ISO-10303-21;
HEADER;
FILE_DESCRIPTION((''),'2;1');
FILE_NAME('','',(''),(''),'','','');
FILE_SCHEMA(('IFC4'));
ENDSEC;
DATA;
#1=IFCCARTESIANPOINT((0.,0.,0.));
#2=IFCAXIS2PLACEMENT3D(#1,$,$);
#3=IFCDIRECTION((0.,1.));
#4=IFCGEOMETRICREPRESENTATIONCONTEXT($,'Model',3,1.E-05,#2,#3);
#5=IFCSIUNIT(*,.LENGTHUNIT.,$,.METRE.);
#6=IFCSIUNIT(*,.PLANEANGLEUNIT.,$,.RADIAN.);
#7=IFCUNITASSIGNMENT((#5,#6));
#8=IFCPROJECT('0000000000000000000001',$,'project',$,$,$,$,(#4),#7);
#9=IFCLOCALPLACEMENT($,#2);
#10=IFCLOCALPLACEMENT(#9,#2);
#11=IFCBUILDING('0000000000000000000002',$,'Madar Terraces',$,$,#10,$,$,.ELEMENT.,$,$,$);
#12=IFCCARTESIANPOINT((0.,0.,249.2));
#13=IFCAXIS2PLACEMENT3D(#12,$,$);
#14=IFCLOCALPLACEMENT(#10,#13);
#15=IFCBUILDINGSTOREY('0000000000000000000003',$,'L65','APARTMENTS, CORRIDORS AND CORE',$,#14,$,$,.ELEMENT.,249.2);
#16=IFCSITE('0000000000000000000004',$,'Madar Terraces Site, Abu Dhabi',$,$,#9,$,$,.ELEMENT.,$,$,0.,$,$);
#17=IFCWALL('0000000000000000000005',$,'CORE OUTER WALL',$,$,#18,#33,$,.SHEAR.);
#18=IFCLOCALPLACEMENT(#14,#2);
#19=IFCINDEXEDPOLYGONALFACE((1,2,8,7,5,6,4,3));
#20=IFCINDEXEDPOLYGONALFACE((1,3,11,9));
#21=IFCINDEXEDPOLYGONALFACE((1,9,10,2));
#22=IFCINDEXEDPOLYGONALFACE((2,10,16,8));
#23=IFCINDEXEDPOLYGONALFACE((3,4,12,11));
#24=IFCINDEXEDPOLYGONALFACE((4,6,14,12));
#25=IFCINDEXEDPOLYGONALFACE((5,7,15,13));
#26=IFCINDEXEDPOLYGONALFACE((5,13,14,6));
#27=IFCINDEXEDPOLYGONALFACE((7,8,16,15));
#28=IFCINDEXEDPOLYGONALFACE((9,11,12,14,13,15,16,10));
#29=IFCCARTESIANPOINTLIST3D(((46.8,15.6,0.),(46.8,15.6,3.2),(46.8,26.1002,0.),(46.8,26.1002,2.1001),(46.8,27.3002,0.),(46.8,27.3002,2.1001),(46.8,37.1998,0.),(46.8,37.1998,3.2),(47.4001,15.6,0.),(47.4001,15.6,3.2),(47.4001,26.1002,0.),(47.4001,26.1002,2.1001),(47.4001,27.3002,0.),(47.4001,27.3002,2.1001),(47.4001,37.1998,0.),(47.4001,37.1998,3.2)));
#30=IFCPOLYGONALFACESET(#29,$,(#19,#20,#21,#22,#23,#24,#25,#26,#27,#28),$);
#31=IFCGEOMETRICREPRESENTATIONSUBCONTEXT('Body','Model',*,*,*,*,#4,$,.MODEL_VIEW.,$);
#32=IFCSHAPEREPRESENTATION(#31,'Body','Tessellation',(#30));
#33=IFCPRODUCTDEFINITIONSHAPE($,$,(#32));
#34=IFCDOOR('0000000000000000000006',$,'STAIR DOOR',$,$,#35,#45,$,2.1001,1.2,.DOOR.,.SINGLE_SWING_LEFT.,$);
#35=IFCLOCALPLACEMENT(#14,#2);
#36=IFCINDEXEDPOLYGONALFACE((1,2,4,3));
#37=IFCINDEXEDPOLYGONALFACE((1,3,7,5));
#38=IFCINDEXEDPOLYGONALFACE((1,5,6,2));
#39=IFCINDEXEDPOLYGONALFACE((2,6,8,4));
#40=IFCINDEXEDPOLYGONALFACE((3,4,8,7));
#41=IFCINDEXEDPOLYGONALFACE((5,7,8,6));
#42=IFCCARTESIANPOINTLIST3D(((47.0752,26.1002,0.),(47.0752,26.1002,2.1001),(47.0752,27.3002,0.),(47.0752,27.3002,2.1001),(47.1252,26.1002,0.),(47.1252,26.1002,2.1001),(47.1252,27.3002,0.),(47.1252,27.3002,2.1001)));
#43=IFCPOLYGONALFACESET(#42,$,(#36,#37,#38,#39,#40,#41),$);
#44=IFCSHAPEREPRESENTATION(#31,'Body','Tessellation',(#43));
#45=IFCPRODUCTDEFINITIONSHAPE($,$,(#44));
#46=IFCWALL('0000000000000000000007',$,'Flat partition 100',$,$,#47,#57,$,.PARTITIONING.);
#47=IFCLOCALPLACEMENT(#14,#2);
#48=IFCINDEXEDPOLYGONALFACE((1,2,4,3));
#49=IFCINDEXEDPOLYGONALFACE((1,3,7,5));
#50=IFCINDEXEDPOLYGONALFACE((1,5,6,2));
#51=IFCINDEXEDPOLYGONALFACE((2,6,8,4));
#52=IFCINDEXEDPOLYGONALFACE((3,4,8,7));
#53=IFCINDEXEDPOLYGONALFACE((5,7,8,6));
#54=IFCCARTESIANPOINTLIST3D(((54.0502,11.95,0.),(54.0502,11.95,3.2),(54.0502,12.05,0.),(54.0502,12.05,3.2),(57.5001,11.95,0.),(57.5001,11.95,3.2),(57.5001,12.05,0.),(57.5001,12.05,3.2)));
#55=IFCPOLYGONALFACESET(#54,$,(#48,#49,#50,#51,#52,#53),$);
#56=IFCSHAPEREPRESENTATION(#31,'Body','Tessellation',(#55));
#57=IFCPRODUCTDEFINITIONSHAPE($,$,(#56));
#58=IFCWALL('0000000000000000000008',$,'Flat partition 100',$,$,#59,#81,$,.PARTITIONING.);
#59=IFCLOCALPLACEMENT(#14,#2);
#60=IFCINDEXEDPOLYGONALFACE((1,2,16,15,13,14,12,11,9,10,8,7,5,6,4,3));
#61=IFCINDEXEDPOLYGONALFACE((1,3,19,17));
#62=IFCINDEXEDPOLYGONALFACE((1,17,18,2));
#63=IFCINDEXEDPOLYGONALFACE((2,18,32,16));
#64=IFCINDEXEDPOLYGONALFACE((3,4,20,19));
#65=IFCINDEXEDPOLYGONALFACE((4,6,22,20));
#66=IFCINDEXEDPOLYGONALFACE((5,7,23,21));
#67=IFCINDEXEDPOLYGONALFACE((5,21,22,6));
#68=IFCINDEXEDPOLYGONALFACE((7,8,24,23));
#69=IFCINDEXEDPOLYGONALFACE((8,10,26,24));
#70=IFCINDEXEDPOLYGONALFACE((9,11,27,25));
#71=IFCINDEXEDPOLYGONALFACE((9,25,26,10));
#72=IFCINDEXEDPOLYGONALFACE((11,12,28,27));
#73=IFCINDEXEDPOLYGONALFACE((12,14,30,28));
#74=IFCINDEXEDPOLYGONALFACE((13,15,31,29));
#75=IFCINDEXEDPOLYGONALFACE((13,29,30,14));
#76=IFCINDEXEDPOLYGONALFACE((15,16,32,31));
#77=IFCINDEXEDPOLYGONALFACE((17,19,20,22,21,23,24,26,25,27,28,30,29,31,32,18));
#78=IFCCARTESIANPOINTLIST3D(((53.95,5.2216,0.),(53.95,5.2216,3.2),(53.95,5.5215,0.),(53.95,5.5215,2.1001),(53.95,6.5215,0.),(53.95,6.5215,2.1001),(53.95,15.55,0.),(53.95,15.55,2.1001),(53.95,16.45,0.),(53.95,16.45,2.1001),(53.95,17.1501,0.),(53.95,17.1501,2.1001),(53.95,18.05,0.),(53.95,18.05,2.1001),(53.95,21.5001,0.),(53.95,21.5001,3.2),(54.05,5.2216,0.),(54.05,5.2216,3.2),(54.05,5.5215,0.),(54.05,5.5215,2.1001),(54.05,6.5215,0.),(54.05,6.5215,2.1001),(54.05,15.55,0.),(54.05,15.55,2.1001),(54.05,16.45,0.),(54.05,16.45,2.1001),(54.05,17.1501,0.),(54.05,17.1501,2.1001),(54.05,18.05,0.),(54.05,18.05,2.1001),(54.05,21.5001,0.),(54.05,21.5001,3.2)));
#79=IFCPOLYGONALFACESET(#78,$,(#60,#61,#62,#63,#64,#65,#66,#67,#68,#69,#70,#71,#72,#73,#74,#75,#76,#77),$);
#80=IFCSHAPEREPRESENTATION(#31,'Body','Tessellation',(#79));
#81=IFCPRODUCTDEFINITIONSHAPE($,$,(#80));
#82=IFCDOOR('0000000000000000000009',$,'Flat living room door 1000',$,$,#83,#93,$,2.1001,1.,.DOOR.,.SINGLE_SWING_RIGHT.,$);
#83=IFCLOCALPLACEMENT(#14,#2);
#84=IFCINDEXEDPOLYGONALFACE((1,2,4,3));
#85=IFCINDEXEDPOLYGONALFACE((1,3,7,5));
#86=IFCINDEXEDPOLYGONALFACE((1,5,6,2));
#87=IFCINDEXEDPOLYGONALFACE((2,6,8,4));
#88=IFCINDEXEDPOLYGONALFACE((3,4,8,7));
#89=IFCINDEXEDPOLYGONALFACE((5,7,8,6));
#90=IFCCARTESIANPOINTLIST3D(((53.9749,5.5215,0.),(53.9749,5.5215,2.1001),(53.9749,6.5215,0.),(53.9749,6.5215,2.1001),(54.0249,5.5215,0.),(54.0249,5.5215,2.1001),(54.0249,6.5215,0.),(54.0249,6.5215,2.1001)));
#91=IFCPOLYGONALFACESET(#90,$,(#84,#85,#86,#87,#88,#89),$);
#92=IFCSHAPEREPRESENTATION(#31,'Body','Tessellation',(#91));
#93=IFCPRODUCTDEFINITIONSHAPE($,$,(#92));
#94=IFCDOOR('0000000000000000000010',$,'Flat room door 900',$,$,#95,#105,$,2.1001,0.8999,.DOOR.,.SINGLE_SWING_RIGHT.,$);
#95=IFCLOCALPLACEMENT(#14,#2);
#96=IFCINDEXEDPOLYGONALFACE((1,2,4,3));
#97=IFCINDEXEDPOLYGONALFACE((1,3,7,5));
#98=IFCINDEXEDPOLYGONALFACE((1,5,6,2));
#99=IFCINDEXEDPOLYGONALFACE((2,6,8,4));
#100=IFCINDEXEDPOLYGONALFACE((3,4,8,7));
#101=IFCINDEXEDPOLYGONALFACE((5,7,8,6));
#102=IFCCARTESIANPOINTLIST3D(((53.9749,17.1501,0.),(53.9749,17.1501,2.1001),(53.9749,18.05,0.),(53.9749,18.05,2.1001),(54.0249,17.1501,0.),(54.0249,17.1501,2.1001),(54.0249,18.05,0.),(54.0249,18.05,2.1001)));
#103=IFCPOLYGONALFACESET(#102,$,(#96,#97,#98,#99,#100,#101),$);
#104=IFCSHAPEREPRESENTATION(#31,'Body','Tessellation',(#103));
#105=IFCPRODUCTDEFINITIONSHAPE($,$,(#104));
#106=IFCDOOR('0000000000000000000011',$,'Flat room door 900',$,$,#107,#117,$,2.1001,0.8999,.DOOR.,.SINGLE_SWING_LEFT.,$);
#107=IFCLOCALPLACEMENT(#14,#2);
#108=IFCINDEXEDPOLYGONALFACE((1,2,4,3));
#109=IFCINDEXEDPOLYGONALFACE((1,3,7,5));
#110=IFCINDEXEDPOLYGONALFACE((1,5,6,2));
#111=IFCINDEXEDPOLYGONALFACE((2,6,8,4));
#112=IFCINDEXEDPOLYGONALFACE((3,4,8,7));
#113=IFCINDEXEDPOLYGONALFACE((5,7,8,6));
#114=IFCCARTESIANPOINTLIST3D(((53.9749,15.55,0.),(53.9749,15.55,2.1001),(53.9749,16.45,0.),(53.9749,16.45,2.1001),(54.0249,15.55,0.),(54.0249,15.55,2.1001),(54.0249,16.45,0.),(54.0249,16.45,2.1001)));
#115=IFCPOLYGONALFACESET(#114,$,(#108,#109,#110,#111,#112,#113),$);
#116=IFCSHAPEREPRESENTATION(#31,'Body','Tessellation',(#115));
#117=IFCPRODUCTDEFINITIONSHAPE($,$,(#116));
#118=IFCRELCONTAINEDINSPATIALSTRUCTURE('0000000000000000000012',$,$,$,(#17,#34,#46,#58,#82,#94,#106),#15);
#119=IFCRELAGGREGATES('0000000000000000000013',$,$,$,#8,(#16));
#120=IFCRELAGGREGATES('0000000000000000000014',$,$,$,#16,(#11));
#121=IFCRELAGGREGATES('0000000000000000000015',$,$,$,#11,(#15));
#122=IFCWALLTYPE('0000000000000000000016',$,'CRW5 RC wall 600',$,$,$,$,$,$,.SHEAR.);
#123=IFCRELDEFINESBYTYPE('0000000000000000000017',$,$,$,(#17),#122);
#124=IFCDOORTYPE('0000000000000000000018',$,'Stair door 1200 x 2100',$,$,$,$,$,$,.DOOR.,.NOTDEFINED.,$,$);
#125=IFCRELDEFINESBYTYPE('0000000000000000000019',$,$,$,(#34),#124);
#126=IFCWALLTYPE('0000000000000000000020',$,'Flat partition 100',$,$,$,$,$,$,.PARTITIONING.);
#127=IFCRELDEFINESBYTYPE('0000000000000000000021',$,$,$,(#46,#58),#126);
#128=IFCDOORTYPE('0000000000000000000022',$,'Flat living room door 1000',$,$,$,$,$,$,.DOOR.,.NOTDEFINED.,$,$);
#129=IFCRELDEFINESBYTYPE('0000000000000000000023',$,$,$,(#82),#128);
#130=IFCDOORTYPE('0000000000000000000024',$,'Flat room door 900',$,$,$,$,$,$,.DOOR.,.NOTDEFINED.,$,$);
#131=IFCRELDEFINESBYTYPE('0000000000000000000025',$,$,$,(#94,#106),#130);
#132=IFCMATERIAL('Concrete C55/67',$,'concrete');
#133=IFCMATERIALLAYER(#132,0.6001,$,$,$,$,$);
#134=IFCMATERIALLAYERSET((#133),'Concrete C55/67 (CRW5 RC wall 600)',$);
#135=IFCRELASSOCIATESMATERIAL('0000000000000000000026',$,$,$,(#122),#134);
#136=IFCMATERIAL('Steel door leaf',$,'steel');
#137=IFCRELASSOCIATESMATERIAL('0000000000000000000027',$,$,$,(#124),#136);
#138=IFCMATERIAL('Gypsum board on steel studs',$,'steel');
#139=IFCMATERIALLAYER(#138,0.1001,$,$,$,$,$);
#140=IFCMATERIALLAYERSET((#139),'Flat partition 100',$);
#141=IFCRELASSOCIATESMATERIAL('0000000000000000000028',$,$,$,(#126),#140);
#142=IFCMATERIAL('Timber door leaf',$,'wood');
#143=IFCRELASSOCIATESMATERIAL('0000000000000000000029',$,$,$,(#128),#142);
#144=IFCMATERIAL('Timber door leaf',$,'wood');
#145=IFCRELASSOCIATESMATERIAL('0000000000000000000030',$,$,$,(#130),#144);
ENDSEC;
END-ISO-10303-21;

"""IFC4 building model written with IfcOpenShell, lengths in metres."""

from ifc_helpers import new_model, si_unit, direction, frame, frame_2d, origin, place, context, subcontext, project, spatial, rectangle, extrude, material, layer, layer_set, type_object, element, fill, save


model = new_model("IFC4")

# Units and contexts
model_context = context("Model", 3, precision=1e-05, world=origin(), true_north=direction((0.0, 1.0)))
body_context = subcontext(model_context, "Body", "Model", "MODEL_VIEW")
ifc_project = project(units=[si_unit("LENGTHUNIT", "METRE"), si_unit("PLANEANGLEUNIT", "RADIAN")], contexts=[model_context])

# Site, building, storey
site_placement = place(None, origin())
site = spatial("IfcSite", under=ifc_project, at=site_placement, Name="Madar Terraces Site, Abu Dhabi", CompositionType="ELEMENT", RefElevation=0.0)
building_placement = place(site_placement, origin())
building = spatial("IfcBuilding", under=site, at=building_placement, Name="Madar Terraces", CompositionType="ELEMENT")
storey_placement = place(building_placement, frame((0.0, 0.0, 249.2)))
storey = spatial("IfcBuildingStorey", under=building, at=storey_placement, Name="L65", Description="APARTMENTS, CORRIDORS AND CORE", CompositionType="ELEMENT", Elevation=249.2)

# Wall, opening, door
ifc_material_1 = material(Name="Concrete C55/67", Category="concrete")
ifc_layer_1 = layer(ifc_material_1, 0.6001)
ifc_layer_set_1 = layer_set([ifc_layer_1], Name="Concrete C55/67 (CRW5 RC wall 600)")
wall_type_1 = type_object("IfcWallType", Name="CRW5 RC wall 600", PredefinedType="SHEAR", material=ifc_layer_set_1)
wall_1_placement = place(storey_placement, frame((47.1001, 15.6001, 0.0), z_axis=(0.0, 0.0, 1.0), x_axis=(0.0, 1.0, 0.0)))
wall_1 = element("IfcWall", 1, at=wall_1_placement, inside=storey, type_object=wall_type_1, Name="CORE OUTER WALL", PredefinedType="SHEAR", context=body_context, shape_type="SweptSolid", body=[
    extrude(rectangle(XDim=21.5999, YDim=0.6001, at=frame_2d((10.7998, 0.0))), origin(), (0.0, 0.0, 1.0), 3.2),
])
opening_1_placement = place(wall_1_placement, frame((10.5, 0.0, 0.0)))
opening_1 = element("IfcOpeningElement", 2, at=opening_1_placement, cuts=wall_1, PredefinedType="OPENING", context=body_context, shape_type="SweptSolid", body=[
    extrude(rectangle(XDim=1.2, YDim=2.1001, at=frame_2d((0.6001, 1.05))), frame((0.0, 0.3101, 0.0), z_axis=(0.0, -1.0, 0.0), x_axis=(1.0, 0.0, 0.0)), (0.0, 0.0, 1.0), 0.6201),
])
ifc_material_2 = material(Name="Steel door leaf", Category="steel")
door_type_1 = type_object("IfcDoorType", Name="Stair door 1200 x 2100", OperationType="NOTDEFINED", PredefinedType="DOOR", material=ifc_material_2)
door_1_placement = place(opening_1_placement, origin())
door_1 = element("IfcDoor", 3, at=door_1_placement, inside=storey, type_object=door_type_1, Name="STAIR DOOR", OperationType="SINGLE_SWING_LEFT", OverallHeight=2.1001, OverallWidth=1.2, PredefinedType="DOOR", context=body_context, shape_type="SweptSolid", body=[
    extrude(rectangle(XDim=1.2, YDim=2.1001, at=frame_2d((0.6001, 1.05))), frame((0.0, 0.0249, 0.0), z_axis=(0.0, -1.0, 0.0), x_axis=(1.0, 0.0, 0.0)), (0.0, 0.0, 1.0), 0.05),
])
fill(opening_1, door_1)

# Wall
ifc_material_3 = material(Name="Gypsum board on steel studs", Category="steel")
ifc_layer_2 = layer(ifc_material_3, 0.1001)
ifc_layer_set_2 = layer_set([ifc_layer_2], Name="Flat partition 100")
wall_type_2 = type_object("IfcWallType", Name="Flat partition 100", PredefinedType="PARTITIONING", material=ifc_layer_set_2)
wall_2_placement = place(storey_placement, frame((54.05, 12.0, 0.0), z_axis=(0.0, 0.0, 1.0), x_axis=(1.0, 0.0, 0.0)))
element("IfcWall", 4, at=wall_2_placement, inside=storey, type_object=wall_type_2, Name="Flat partition 100", PredefinedType="PARTITIONING", context=body_context, shape_type="SweptSolid", body=[
    extrude(rectangle(XDim=3.45, YDim=0.1001, at=frame_2d((1.7251, 0.0))), origin(), (0.0, 0.0, 1.0), 3.2),
])

# Wall, openings, doors
wall_3_placement = place(storey_placement, frame((54.0, 21.5, 0.0), z_axis=(0.0, 0.0, 1.0), x_axis=(0.0, -1.0, 0.0)))
wall_3 = element("IfcWall", 5, at=wall_3_placement, inside=storey, type_object=wall_type_2, Name="Flat partition 100", PredefinedType="PARTITIONING", context=body_context, shape_type="SweptSolid", body=[
    extrude(rectangle(XDim=16.2786, YDim=0.1001, at=frame_2d((8.1392, 0.0))), origin(), (0.0, 0.0, 1.0), 3.2),
])
opening_2_placement = place(wall_3_placement, frame((3.45, 0.0, 0.0)))
opening_2 = element("IfcOpeningElement", 6, at=opening_2_placement, cuts=wall_3, PredefinedType="OPENING", context=body_context, shape_type="SweptSolid", body=[
    extrude(rectangle(XDim=0.8999, YDim=2.1001, at=frame_2d((0.45, 1.05))), frame((0.0, 0.0601, 0.0), z_axis=(0.0, -1.0, 0.0), x_axis=(1.0, 0.0, 0.0)), (0.0, 0.0, 1.0), 0.1201),
])
opening_3_placement = place(wall_3_placement, frame((5.05, 0.0, 0.0)))
opening_3 = element("IfcOpeningElement", 7, at=opening_3_placement, cuts=wall_3, PredefinedType="OPENING", context=body_context, shape_type="SweptSolid", body=[
    extrude(rectangle(XDim=0.8999, YDim=2.1001, at=frame_2d((0.45, 1.05))), frame((0.0, 0.0601, 0.0), z_axis=(0.0, -1.0, 0.0), x_axis=(1.0, 0.0, 0.0)), (0.0, 0.0, 1.0), 0.1201),
])
opening_4_placement = place(wall_3_placement, frame((14.9785, 0.0, 0.0)))
opening_4 = element("IfcOpeningElement", 8, at=opening_4_placement, cuts=wall_3, PredefinedType="OPENING", context=body_context, shape_type="SweptSolid", body=[
    extrude(rectangle(XDim=1.0, YDim=2.1001, at=frame_2d((0.5, 1.05))), frame((0.0, 0.0601, 0.0), z_axis=(0.0, -1.0, 0.0), x_axis=(1.0, 0.0, 0.0)), (0.0, 0.0, 1.0), 0.1201),
])
ifc_material_4 = material(Name="Timber door leaf", Category="wood")
door_type_2 = type_object("IfcDoorType", Name="Flat living room door 1000", OperationType="NOTDEFINED", PredefinedType="DOOR", material=ifc_material_4)
door_2_placement = place(opening_4_placement, origin())
door_2 = element("IfcDoor", 9, at=door_2_placement, inside=storey, type_object=door_type_2, Name="Flat living room door 1000", OperationType="SINGLE_SWING_RIGHT", OverallHeight=2.1001, OverallWidth=1.0, PredefinedType="DOOR", context=body_context, shape_type="SweptSolid", body=[
    extrude(rectangle(XDim=1.0, YDim=2.1001, at=frame_2d((0.5, 1.05))), frame((0.0, 0.0249, 0.0), z_axis=(0.0, -1.0, 0.0), x_axis=(1.0, 0.0, 0.0)), (0.0, 0.0, 1.0), 0.05),
])
fill(opening_4, door_2)
ifc_material_5 = material(Name="Timber door leaf", Category="wood")
door_type_3 = type_object("IfcDoorType", Name="Flat room door 900", OperationType="NOTDEFINED", PredefinedType="DOOR", material=ifc_material_5)
door_3_placement = place(opening_2_placement, origin())
door_3 = element("IfcDoor", 10, at=door_3_placement, inside=storey, type_object=door_type_3, Name="Flat room door 900", OperationType="SINGLE_SWING_RIGHT", OverallHeight=2.1001, OverallWidth=0.8999, PredefinedType="DOOR", context=body_context, shape_type="SweptSolid", body=[
    extrude(rectangle(XDim=0.8999, YDim=2.1001, at=frame_2d((0.45, 1.05))), frame((0.0, 0.0249, 0.0), z_axis=(0.0, -1.0, 0.0), x_axis=(1.0, 0.0, 0.0)), (0.0, 0.0, 1.0), 0.05),
])
fill(opening_2, door_3)
door_4_placement = place(opening_3_placement, origin())
door_4 = element("IfcDoor", 11, at=door_4_placement, inside=storey, type_object=door_type_3, Name="Flat room door 900", OperationType="SINGLE_SWING_LEFT", OverallHeight=2.1001, OverallWidth=0.8999, PredefinedType="DOOR", context=body_context, shape_type="SweptSolid", body=[
    extrude(rectangle(XDim=0.8999, YDim=2.1001, at=frame_2d((0.45, 1.05))), frame((0.0, 0.0249, 0.0), z_axis=(0.0, -1.0, 0.0), x_axis=(1.0, 0.0, 0.0)), (0.0, 0.0, 1.0), 0.05),
])
fill(opening_3, door_4)

save(model, "model.ifc")
